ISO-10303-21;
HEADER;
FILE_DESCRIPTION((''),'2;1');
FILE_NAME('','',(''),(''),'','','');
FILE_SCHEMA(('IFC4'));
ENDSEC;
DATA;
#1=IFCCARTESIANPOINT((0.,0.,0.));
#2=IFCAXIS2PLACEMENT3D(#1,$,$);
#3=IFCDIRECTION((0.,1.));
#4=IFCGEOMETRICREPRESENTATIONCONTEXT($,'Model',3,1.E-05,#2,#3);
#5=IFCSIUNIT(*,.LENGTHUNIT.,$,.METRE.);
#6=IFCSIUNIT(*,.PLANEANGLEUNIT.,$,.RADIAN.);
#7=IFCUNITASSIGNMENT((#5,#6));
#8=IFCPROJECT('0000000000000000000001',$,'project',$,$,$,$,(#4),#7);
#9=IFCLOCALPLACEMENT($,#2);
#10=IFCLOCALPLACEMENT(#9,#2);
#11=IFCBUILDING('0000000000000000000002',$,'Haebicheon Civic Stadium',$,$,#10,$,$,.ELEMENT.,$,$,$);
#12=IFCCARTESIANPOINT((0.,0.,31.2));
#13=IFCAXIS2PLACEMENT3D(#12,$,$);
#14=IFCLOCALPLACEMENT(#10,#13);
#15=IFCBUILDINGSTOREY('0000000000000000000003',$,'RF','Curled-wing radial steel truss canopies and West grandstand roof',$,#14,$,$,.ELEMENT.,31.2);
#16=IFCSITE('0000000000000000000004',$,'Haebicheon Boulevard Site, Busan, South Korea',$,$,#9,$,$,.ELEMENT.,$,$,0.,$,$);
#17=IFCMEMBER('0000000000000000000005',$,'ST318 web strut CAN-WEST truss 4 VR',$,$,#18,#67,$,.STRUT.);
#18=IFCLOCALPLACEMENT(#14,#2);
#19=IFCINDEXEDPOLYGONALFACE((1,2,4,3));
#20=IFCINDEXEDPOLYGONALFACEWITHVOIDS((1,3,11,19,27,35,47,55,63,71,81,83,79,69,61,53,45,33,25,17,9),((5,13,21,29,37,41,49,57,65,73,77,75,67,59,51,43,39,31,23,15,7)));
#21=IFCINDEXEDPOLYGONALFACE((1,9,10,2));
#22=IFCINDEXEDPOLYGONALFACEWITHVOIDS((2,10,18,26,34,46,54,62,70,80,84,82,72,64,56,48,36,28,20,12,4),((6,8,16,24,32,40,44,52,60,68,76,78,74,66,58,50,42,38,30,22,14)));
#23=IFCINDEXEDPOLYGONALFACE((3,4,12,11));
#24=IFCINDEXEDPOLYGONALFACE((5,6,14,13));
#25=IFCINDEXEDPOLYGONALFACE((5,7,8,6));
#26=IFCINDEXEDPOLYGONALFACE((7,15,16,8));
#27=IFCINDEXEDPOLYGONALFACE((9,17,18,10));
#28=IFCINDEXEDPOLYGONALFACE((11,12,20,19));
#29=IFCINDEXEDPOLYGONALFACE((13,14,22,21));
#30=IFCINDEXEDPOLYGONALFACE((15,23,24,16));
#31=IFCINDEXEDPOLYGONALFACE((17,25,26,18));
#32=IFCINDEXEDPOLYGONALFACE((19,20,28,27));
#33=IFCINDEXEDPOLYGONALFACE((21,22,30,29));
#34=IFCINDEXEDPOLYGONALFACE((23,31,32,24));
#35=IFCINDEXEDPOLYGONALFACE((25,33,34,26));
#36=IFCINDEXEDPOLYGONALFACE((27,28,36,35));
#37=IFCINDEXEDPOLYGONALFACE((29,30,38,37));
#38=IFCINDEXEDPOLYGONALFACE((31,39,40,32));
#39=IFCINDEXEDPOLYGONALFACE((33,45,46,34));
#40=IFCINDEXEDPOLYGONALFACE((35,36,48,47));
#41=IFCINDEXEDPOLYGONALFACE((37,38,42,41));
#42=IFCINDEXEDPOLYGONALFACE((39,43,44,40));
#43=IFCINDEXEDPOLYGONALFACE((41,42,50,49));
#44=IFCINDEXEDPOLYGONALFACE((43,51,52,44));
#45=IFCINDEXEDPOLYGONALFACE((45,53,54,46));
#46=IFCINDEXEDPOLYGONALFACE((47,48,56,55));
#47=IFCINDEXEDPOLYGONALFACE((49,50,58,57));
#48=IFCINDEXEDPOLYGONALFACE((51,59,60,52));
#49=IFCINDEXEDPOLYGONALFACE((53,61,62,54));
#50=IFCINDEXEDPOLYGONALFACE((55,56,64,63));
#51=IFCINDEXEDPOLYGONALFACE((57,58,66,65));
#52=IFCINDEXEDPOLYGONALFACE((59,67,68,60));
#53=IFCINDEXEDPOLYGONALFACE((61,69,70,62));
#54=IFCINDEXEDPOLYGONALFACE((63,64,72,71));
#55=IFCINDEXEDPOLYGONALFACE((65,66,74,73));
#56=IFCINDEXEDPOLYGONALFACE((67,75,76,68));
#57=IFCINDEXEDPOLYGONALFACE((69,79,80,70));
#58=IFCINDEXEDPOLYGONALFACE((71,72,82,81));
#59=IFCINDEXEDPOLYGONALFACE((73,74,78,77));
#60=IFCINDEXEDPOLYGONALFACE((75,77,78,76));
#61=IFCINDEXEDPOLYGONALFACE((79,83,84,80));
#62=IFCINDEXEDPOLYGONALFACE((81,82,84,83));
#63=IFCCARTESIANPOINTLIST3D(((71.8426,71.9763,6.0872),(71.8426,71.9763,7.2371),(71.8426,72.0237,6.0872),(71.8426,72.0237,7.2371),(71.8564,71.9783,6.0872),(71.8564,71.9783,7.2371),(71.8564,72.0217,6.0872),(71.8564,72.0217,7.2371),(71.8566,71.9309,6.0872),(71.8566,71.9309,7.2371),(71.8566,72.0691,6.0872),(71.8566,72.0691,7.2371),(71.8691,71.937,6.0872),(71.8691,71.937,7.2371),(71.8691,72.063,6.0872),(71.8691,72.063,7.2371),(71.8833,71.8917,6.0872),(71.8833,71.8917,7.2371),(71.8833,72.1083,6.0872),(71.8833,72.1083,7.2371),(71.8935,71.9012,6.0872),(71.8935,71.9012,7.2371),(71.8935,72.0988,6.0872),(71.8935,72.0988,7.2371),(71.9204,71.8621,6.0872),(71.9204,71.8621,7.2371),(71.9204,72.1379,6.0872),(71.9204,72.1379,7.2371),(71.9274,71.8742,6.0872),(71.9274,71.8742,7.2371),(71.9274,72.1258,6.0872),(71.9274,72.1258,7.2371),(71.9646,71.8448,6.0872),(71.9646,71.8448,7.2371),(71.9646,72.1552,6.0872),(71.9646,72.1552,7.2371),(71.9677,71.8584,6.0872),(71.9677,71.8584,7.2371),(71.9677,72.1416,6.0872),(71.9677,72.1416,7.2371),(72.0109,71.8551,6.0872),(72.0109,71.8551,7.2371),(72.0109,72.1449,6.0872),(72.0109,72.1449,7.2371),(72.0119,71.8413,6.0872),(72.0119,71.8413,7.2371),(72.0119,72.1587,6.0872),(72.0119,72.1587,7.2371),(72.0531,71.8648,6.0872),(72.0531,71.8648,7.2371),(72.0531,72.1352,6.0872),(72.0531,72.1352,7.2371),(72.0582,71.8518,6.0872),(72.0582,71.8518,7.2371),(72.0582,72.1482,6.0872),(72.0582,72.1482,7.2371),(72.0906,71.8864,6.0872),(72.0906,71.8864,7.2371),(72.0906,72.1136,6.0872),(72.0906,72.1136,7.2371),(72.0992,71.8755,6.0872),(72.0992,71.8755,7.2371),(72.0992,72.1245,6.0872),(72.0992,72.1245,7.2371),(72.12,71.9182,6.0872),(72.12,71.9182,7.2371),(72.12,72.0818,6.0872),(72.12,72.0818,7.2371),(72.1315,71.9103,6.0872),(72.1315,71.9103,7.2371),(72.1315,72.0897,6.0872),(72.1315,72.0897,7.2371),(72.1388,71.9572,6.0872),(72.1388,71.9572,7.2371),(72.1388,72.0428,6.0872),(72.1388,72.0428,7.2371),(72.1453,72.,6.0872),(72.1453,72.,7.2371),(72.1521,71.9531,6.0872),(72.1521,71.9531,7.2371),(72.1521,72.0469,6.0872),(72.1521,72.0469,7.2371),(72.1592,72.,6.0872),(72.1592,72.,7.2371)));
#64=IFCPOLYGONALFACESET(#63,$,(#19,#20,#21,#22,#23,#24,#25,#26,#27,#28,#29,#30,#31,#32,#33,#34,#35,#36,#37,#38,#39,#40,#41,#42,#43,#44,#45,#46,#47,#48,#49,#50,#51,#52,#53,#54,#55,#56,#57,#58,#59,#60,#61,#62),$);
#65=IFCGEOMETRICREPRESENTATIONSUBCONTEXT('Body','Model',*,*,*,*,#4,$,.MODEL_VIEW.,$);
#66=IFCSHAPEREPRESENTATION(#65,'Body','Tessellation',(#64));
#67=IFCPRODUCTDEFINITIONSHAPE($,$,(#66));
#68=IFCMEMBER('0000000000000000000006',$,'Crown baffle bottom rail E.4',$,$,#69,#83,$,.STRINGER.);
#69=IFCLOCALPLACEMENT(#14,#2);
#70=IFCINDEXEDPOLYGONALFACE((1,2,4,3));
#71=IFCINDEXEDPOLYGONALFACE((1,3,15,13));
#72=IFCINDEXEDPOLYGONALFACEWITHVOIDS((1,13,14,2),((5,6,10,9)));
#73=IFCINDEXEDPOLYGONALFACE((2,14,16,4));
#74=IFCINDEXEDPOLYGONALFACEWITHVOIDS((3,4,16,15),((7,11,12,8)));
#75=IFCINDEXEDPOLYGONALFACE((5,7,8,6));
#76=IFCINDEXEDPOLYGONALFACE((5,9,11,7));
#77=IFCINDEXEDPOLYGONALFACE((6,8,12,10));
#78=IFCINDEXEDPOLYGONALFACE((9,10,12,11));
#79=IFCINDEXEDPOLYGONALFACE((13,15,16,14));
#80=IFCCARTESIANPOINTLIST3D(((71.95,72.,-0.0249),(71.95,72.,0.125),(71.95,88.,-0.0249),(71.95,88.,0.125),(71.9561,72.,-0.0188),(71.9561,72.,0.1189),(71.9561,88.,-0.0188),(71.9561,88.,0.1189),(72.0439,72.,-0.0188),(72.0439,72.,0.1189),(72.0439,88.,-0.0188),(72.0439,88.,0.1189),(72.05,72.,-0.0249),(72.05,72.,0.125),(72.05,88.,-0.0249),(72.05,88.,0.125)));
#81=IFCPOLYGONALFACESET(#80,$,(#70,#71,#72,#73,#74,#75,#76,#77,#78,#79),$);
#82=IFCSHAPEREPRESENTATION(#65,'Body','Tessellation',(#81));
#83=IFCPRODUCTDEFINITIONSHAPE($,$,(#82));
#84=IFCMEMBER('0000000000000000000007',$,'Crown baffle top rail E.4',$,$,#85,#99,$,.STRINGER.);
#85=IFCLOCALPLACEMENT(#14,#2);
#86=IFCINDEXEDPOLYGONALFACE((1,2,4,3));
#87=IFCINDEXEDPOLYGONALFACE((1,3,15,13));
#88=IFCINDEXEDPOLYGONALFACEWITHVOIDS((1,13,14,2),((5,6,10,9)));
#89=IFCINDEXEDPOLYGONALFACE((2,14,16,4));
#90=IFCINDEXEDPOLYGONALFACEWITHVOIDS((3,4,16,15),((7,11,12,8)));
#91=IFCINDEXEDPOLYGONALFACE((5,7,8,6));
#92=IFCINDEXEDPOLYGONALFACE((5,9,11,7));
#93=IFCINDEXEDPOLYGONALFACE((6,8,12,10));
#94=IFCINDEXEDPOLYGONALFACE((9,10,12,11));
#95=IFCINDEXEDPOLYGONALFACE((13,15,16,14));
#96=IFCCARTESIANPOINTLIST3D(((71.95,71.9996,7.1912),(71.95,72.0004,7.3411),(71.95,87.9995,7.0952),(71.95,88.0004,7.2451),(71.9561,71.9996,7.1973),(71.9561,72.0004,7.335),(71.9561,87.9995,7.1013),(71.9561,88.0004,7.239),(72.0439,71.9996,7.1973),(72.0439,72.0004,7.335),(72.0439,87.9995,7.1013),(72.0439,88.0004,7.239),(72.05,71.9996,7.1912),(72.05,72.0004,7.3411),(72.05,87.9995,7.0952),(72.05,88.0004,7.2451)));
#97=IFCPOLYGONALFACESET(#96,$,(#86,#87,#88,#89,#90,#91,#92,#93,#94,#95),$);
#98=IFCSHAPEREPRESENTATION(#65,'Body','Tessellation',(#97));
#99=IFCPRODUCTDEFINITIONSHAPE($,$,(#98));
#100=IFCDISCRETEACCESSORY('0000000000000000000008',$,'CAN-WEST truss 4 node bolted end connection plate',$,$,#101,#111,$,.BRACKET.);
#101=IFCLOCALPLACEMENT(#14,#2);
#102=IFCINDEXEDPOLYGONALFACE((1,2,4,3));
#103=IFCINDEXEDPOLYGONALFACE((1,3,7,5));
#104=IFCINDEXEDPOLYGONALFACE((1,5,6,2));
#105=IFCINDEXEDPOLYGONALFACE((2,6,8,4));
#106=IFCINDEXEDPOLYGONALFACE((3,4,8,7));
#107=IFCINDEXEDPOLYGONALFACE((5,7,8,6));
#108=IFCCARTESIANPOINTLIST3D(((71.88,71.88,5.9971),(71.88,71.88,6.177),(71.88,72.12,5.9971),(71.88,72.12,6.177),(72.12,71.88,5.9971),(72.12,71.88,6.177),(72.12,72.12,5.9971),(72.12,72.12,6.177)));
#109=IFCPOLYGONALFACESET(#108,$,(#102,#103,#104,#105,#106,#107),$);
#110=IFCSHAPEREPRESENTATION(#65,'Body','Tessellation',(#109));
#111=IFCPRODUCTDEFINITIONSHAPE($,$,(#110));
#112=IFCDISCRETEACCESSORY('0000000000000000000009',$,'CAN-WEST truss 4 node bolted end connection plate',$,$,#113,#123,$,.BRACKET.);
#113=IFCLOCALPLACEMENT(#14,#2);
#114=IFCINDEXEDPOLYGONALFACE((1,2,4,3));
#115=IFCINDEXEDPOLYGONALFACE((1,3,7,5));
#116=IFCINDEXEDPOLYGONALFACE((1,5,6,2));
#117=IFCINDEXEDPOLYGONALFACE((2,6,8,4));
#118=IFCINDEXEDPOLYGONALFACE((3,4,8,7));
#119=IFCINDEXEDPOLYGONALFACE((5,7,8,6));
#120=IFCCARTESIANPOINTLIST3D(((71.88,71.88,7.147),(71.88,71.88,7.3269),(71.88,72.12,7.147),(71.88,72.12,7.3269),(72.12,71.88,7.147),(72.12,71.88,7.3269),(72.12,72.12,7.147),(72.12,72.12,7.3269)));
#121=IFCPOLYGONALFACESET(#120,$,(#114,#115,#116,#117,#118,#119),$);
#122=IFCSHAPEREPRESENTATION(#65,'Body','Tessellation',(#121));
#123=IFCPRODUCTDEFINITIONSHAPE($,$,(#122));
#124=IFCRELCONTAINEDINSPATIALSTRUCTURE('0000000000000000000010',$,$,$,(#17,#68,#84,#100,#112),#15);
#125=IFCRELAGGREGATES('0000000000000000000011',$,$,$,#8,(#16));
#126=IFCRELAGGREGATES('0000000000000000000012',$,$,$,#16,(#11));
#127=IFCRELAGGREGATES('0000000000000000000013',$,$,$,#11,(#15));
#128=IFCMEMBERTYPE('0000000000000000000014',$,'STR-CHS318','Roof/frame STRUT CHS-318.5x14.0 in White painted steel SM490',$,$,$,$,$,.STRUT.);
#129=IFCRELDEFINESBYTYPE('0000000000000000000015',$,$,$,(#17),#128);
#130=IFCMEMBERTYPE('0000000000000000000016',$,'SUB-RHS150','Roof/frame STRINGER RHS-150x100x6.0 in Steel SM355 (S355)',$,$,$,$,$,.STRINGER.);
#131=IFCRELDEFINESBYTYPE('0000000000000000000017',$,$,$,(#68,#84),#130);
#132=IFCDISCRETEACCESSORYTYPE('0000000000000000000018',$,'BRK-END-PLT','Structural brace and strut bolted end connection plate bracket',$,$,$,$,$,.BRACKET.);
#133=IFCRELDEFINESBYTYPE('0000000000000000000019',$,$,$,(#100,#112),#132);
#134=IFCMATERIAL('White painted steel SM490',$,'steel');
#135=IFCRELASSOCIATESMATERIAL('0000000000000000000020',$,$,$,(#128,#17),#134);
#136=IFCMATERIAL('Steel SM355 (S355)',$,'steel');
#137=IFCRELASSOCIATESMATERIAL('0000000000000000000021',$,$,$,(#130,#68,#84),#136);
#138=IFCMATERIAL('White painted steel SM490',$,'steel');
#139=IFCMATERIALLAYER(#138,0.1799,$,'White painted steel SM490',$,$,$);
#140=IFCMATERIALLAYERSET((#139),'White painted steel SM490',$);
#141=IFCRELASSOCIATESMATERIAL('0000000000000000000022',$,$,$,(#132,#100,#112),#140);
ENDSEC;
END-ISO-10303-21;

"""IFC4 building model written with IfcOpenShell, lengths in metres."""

from ifc_helpers import new_model, si_unit, direction, frame, origin, origin_2d, place, context, subcontext, project, spatial, rectangle, hollow_rectangle, hollow_circle, extrude, material, layer, layer_set, material_profile, profile_set, type_object, element, save


model = new_model("IFC4")

# Units and contexts
model_context = context("Model", 3, precision=1e-05, world=origin(), true_north=direction((0.0, 1.0)))
body_context = subcontext(model_context, "Body", "Model", "MODEL_VIEW")
ifc_project = project(units=[si_unit("LENGTHUNIT", "METRE"), si_unit("PLANEANGLEUNIT", "RADIAN")], contexts=[model_context])

# Site, building, storey
site_placement = place(None, origin())
site = spatial("IfcSite", under=ifc_project, at=site_placement, Name="Haebicheon Boulevard Site, Busan, South Korea", CompositionType="ELEMENT", RefElevation=0.0)
building_placement = place(site_placement, origin())
building = spatial("IfcBuilding", under=site, at=building_placement, Name="Haebicheon Civic Stadium", CompositionType="ELEMENT")
storey_placement = place(building_placement, frame((0.0, 0.0, 31.2)))
storey = spatial("IfcBuildingStorey", under=building, at=storey_placement, Name="RF", Description="Curled-wing radial steel truss canopies and West grandstand roof", CompositionType="ELEMENT", Elevation=31.2)

# Members
ifc_material_1 = material(Name="White painted steel SM490", Category="steel")
ifc_material_profile_1 = material_profile(ifc_material_1, hollow_circle(Radius=0.1592, WallThickness=0.0139, at=origin_2d()), Name="CHS-318.5x14.0")
ifc_profile_set_1 = profile_set([ifc_material_profile_1], Name="White painted steel SM490")
member_type_1 = type_object("IfcMemberType", Name="STR-CHS318", Description="Roof/frame STRUT CHS-318.5x14.0 in White painted steel SM490", PredefinedType="STRUT", material=ifc_profile_set_1)
member_1_placement = place(storey_placement, frame((72.0, 72.0, 6.0872), z_axis=(0.0, 0.0, 1.0), x_axis=(1.0, 0.0, 0.0)))
element("IfcMember", 1, at=member_1_placement, inside=storey, type_object=member_type_1, material=ifc_profile_set_1, Name="ST318 web strut CAN-WEST truss 4 VR", PredefinedType="STRUT", context=body_context, shape_type="SweptSolid", body=[
    extrude(hollow_circle(Radius=0.1592, WallThickness=0.0139, at=origin_2d()), origin(), (0.0, 0.0, 1.0), 1.1499),
])
ifc_material_2 = material(Name="Steel SM355 (S355)", Category="steel")
ifc_material_profile_2 = material_profile(ifc_material_2, hollow_rectangle(XDim=0.1001, YDim=0.1499, WallThickness=0.0061, at=origin_2d()), Name="RHS-150x100x6.0")
ifc_profile_set_2 = profile_set([ifc_material_profile_2], Name="Steel SM355 (S355)")
member_type_2 = type_object("IfcMemberType", Name="SUB-RHS150", Description="Roof/frame STRINGER RHS-150x100x6.0 in Steel SM355 (S355)", PredefinedType="STRINGER", material=ifc_profile_set_2)
member_2_placement = place(storey_placement, frame((72.0, 72.0, 0.05), z_axis=(0.0, 1.0, 0.0), x_axis=(-1.0, 0.0, 0.0)))
element("IfcMember", 2, at=member_2_placement, inside=storey, type_object=member_type_2, material=ifc_profile_set_2, Name="Crown baffle bottom rail E.4", PredefinedType="STRINGER", context=body_context, shape_type="SweptSolid", body=[
    extrude(hollow_rectangle(XDim=0.1001, YDim=0.1499, WallThickness=0.0061, at=origin_2d()), origin(), (0.0, 0.0, 1.0), 16.0),
])
member_3_placement = place(storey_placement, frame((72.0, 72.0, 7.2661), z_axis=(0.0, 0.999982, -0.005997), x_axis=(-1.0, 0.0, 0.0)))
element("IfcMember", 3, at=member_3_placement, inside=storey, type_object=member_type_2, material=ifc_profile_set_2, Name="Crown baffle top rail E.4", PredefinedType="STRINGER", context=body_context, shape_type="SweptSolid", body=[
    extrude(hollow_rectangle(XDim=0.1001, YDim=0.1499, WallThickness=0.0061, at=origin_2d()), origin(), (0.0, 0.0, 1.0), 16.0002),
])

# Discrete accessories
ifc_material_3 = material(Name="White painted steel SM490", Category="steel")
ifc_layer = layer(ifc_material_3, 0.1799, Name="White painted steel SM490")
ifc_layer_set = layer_set([ifc_layer], Name="White painted steel SM490")
discrete_accessory_type = type_object("IfcDiscreteAccessoryType", Name="BRK-END-PLT", Description="Structural brace and strut bolted end connection plate bracket", PredefinedType="BRACKET", material=ifc_layer_set)
for number, where, z_axis, x_axis, name in (
    (4, (72.0, 72.0, 5.9971), (0.0, 0.0, 1.0), (1.0, 0.0, 0.0), "CAN-WEST truss 4 node bolted end connection plate"),
    (5, (72.0, 72.0, 7.147), (0.0, 0.0, 1.0), (1.0, 0.0, 0.0), "CAN-WEST truss 4 node bolted end connection plate"),
):
    element("IfcDiscreteAccessory", number, at=place(storey_placement, frame(where, z_axis=z_axis, x_axis=x_axis)), inside=storey, type_object=discrete_accessory_type, material=ifc_layer_set, Name=name, PredefinedType="BRACKET", context=body_context, shape_type="SweptSolid", body=[
        extrude(rectangle(XDim=0.24, YDim=0.24, at=origin_2d()), origin(), (0.0, 0.0, 1.0), 0.1799),
    ])

save(model, "model.ifc")
